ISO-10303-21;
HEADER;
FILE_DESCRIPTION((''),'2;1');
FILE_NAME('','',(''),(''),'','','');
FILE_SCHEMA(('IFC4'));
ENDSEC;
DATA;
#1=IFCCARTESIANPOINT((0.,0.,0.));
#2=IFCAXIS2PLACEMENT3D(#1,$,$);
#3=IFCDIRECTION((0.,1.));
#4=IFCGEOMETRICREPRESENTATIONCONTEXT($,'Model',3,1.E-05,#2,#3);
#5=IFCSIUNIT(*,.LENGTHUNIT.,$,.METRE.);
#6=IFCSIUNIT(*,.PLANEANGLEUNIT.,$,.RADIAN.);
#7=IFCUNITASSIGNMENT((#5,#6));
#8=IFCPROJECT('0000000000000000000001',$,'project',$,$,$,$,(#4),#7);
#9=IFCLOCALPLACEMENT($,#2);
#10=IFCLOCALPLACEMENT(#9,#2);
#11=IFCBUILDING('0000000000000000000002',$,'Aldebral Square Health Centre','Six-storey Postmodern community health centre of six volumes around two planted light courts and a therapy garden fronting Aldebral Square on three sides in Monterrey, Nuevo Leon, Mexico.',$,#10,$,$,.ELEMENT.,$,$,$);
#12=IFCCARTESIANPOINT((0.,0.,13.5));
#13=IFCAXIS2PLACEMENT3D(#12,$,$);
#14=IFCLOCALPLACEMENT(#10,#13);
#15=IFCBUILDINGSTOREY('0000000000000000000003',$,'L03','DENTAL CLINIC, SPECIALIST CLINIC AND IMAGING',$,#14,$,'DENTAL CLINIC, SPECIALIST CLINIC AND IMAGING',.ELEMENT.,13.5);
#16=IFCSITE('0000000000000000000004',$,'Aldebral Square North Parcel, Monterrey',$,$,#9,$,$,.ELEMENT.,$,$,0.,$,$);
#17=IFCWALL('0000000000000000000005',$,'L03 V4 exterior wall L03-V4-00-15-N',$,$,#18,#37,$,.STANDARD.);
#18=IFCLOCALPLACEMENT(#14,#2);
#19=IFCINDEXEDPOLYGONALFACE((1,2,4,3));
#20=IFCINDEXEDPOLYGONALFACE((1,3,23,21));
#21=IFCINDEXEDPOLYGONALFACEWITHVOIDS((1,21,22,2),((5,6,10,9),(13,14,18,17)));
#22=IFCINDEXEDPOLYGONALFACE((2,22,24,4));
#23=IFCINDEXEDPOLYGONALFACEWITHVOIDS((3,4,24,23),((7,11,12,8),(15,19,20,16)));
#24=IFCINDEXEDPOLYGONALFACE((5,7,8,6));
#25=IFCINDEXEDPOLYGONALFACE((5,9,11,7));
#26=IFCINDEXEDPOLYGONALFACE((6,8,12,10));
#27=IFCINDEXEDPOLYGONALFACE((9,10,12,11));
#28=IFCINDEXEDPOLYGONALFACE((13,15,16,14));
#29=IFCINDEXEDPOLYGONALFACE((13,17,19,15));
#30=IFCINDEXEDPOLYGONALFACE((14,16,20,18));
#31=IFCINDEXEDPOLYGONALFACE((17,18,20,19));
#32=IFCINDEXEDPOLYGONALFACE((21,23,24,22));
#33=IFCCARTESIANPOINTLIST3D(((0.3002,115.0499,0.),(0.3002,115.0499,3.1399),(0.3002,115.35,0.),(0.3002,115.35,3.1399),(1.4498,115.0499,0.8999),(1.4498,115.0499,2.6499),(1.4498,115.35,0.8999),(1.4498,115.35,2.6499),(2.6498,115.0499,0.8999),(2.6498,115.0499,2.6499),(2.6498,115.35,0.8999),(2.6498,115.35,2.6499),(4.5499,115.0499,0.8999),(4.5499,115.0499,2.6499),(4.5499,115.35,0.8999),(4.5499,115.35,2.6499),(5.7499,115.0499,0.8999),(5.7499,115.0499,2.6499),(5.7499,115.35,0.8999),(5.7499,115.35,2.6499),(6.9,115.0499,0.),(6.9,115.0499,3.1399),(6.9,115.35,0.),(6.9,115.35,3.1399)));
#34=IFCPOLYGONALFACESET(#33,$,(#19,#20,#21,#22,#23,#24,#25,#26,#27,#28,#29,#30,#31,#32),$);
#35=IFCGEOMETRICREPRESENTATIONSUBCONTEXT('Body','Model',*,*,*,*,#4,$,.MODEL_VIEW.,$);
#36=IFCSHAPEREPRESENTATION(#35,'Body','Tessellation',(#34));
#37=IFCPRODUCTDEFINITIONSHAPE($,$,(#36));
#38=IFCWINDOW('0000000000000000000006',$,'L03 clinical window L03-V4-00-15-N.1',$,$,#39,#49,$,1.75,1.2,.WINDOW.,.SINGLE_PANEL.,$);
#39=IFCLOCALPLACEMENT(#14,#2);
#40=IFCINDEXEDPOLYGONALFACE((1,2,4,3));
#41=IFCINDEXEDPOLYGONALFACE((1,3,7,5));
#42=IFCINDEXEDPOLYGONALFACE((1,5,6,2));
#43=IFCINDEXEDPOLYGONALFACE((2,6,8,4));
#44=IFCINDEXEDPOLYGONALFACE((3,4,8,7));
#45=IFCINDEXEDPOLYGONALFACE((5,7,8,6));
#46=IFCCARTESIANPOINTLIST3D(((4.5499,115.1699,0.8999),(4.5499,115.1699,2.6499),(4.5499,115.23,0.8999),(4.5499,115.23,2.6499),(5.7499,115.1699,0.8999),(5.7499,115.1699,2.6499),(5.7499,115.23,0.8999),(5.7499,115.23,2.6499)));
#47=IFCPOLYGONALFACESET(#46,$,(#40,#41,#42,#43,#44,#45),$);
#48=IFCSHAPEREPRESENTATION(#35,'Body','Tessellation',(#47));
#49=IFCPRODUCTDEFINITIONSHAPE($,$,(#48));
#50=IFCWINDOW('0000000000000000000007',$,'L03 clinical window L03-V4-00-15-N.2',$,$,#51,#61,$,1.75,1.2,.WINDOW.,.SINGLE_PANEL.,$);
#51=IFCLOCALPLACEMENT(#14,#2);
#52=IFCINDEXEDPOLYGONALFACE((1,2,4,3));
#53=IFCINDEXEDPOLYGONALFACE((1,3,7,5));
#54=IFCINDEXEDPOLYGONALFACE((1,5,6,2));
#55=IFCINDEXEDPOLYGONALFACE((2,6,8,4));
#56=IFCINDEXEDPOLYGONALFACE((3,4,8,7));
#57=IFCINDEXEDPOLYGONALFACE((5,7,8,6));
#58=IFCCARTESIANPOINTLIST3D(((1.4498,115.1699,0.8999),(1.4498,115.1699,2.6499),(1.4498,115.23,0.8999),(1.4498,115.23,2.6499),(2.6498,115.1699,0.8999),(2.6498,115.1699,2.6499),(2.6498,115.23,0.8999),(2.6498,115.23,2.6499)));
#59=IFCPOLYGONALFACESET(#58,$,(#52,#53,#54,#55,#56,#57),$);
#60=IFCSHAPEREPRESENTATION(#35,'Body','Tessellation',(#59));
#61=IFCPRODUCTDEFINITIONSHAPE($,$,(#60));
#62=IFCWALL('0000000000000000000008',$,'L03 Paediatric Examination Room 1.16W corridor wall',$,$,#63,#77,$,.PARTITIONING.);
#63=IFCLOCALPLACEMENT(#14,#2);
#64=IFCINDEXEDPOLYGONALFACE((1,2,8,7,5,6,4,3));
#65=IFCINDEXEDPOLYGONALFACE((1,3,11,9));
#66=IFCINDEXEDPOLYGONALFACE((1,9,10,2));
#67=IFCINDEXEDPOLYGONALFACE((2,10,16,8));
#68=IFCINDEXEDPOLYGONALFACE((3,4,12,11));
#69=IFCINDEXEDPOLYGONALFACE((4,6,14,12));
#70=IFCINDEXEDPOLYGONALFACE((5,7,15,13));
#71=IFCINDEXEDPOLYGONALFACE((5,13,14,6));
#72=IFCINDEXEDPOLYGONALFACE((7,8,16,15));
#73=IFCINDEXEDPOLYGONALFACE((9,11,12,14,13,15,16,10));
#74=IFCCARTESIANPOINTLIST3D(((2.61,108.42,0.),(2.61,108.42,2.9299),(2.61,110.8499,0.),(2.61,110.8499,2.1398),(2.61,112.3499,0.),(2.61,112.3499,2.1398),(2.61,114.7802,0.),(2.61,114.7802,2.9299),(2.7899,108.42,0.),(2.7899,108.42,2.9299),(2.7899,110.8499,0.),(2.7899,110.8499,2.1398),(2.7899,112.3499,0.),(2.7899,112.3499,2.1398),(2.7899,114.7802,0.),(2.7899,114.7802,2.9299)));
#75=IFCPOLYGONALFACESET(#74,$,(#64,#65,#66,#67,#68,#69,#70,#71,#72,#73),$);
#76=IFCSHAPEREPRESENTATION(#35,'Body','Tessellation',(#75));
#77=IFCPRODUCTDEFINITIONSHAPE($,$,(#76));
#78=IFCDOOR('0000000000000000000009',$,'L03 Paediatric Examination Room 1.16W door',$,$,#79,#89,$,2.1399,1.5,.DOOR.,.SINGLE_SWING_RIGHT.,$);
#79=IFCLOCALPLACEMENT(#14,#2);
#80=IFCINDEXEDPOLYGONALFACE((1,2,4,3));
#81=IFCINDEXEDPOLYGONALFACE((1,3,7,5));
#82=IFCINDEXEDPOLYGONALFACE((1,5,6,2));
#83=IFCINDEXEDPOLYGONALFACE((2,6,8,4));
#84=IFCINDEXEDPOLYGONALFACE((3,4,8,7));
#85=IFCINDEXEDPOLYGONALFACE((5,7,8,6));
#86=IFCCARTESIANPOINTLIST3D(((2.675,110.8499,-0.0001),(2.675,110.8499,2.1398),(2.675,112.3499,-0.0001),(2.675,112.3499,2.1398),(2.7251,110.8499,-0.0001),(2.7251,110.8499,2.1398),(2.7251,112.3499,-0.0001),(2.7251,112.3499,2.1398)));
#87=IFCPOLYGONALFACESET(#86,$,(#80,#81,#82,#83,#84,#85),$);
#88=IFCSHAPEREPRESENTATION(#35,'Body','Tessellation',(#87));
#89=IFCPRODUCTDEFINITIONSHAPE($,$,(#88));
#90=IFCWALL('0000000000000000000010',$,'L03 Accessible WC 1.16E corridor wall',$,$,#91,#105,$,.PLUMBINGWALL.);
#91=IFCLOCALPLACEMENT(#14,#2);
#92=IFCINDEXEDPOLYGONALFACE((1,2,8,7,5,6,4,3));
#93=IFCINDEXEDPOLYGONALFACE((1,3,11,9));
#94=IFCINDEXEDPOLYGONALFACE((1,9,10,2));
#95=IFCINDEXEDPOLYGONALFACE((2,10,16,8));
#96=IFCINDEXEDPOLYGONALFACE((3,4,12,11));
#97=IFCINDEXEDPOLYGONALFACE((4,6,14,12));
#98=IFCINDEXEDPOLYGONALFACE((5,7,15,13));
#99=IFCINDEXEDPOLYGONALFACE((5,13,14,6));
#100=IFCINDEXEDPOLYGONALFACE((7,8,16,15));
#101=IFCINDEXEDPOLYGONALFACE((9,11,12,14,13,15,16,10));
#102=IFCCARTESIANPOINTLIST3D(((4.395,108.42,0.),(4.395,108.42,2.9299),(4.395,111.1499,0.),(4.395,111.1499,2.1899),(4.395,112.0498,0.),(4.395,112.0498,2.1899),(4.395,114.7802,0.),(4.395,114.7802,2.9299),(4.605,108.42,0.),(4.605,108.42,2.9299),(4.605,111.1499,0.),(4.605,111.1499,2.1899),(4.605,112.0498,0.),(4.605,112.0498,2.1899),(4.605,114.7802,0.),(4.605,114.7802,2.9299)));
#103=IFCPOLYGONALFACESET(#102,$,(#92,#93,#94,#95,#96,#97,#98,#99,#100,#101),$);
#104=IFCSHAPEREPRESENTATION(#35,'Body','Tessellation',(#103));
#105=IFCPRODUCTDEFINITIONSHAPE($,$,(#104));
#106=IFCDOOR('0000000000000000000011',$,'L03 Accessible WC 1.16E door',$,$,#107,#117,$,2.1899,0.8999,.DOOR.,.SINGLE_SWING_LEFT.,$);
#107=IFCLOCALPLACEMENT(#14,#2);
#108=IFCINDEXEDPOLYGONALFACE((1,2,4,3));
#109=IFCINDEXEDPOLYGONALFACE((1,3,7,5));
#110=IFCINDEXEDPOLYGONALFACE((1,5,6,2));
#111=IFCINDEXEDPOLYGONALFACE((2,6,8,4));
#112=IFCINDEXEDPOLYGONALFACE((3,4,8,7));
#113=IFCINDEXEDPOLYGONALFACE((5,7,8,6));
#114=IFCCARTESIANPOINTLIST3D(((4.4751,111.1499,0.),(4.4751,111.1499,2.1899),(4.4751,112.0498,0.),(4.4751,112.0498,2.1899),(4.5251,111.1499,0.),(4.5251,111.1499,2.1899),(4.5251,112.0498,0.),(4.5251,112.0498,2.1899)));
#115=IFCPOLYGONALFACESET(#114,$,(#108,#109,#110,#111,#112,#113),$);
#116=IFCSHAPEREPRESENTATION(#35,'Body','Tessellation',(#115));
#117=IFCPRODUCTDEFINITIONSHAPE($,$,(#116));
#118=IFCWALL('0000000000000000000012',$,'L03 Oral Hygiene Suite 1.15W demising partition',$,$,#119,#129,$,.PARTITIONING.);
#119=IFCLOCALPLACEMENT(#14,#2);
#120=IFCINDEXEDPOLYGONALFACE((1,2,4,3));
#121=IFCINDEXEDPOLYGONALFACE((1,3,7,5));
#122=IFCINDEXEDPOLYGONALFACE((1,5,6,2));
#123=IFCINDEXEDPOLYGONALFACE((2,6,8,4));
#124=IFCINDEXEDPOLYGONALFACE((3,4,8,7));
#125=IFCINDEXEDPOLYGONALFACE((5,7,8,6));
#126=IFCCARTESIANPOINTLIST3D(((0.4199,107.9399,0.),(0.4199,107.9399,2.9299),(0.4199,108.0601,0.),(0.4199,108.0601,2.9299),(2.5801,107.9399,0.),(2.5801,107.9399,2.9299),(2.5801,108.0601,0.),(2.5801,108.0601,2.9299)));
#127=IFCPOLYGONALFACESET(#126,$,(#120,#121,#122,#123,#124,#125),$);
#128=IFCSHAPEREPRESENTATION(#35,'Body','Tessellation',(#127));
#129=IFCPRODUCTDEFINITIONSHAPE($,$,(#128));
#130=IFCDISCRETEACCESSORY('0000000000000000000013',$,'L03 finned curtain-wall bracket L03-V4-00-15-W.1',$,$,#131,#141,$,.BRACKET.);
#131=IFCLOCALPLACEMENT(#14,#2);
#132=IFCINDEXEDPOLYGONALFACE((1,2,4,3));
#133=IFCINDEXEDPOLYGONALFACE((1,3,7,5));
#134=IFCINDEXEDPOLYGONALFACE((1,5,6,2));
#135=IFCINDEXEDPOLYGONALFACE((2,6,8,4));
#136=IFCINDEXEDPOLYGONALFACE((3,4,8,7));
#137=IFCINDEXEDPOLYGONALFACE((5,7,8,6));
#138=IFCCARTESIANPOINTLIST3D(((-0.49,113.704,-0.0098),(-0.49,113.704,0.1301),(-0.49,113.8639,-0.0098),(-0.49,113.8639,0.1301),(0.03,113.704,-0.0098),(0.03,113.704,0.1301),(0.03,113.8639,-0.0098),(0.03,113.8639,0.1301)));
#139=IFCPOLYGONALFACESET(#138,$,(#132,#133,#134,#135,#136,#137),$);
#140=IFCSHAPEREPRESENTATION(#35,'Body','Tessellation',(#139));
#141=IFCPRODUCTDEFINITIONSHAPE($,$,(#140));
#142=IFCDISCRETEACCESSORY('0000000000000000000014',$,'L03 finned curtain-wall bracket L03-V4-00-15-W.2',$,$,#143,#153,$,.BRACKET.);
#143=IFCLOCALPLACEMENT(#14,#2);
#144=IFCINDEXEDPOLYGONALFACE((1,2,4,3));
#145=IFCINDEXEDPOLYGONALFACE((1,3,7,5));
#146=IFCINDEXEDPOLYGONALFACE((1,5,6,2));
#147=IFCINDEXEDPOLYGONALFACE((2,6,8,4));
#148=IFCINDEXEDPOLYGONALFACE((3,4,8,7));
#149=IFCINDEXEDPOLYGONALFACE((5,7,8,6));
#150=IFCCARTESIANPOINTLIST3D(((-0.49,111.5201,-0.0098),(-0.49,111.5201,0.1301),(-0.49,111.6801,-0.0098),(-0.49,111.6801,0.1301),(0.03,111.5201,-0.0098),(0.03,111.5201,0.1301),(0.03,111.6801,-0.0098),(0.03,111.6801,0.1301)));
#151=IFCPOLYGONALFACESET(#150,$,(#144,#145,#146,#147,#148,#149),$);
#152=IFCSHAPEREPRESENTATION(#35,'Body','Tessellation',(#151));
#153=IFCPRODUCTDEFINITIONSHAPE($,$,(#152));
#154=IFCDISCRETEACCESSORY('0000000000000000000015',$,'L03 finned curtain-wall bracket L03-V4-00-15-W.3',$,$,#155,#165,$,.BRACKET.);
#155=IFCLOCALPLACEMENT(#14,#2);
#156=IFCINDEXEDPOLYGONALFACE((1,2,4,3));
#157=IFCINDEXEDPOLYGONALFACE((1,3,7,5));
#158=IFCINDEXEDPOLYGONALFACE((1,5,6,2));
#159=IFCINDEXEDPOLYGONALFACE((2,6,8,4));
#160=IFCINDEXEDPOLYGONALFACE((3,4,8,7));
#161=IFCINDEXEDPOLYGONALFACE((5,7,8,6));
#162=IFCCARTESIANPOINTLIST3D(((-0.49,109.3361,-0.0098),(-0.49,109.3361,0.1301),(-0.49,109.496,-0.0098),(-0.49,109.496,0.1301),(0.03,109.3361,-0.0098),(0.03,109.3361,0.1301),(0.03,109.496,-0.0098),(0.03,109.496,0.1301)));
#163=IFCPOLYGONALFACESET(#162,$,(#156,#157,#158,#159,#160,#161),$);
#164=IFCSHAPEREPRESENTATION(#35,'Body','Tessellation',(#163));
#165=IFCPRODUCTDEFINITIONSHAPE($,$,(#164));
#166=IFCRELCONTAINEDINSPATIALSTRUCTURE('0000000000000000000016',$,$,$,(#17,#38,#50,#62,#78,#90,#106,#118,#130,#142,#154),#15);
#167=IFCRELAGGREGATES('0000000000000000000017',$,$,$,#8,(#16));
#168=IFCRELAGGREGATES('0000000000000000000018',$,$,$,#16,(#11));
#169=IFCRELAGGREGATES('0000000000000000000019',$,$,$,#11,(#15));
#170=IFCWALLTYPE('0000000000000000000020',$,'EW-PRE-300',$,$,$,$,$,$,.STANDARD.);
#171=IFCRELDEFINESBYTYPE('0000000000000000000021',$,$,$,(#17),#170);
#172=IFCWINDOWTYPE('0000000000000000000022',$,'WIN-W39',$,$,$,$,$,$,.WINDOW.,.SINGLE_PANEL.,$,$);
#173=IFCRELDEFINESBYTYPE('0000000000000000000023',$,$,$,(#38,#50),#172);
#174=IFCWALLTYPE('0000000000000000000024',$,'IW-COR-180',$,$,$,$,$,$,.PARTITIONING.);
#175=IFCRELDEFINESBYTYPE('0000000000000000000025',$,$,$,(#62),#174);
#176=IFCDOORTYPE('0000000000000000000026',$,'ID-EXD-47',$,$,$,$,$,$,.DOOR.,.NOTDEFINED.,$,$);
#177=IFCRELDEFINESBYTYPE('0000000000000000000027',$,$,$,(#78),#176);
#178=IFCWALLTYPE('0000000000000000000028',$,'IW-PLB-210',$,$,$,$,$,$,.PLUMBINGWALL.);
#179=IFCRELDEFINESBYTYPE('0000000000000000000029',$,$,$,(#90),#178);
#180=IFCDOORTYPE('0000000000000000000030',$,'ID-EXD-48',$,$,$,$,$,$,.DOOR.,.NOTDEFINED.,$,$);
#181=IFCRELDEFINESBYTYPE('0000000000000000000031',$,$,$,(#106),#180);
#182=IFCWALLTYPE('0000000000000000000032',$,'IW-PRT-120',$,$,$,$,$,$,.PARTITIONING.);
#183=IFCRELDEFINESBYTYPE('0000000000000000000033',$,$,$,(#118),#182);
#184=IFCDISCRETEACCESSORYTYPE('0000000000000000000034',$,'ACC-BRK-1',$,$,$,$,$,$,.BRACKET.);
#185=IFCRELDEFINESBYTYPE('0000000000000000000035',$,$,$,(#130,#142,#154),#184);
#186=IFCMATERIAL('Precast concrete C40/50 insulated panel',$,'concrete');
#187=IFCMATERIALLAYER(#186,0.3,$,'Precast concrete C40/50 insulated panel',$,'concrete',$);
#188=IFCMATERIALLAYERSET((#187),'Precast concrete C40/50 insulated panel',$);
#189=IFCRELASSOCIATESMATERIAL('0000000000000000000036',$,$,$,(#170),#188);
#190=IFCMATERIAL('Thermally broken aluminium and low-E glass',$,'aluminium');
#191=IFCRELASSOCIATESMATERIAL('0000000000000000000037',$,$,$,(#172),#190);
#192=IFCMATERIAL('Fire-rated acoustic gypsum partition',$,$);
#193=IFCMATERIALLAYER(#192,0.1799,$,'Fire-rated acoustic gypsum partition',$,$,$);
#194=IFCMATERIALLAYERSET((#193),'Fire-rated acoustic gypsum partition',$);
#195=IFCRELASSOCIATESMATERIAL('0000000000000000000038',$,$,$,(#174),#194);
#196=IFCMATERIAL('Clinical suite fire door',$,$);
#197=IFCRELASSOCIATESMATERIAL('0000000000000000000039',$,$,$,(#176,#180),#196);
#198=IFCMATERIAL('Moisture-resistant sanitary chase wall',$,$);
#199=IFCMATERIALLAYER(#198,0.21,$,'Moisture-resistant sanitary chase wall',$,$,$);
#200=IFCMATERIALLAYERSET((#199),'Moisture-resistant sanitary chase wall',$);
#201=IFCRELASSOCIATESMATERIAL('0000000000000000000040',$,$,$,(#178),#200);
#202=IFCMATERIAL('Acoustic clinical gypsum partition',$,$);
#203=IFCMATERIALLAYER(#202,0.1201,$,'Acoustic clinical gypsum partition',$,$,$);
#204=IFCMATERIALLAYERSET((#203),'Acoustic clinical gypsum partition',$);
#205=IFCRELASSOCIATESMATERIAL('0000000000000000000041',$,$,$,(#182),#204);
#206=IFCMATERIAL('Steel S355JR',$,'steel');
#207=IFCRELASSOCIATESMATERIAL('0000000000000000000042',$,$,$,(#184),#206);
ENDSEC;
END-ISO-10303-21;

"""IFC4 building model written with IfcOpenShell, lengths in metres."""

from ifc_helpers import new_model, si_unit, direction, frame, frame_2d, origin, origin_2d, place, context, subcontext, project, spatial, rectangle, extrude, material, layer, layer_set, type_object, element, fill, save


model = new_model("IFC4")

# Units and contexts
model_context = context("Model", 3, precision=1e-05, world=origin(), true_north=direction((0.0, 1.0)))
body_context = subcontext(model_context, "Body", "Model", "MODEL_VIEW")
ifc_project = project(units=[si_unit("LENGTHUNIT", "METRE"), si_unit("PLANEANGLEUNIT", "RADIAN")], contexts=[model_context])

# Site, building, storey
site_placement = place(None, origin())
site = spatial("IfcSite", under=ifc_project, at=site_placement, Name="Aldebral Square North Parcel, Monterrey", CompositionType="ELEMENT", RefElevation=0.0)
building_placement = place(site_placement, origin())
building = spatial("IfcBuilding", under=site, at=building_placement, Name="Aldebral Square Health Centre", Description="Six-storey Postmodern community health centre of six volumes around two planted light courts and a therapy garden fronting Aldebral Square on three sides in Monterrey, Nuevo Leon, Mexico.", CompositionType="ELEMENT")
storey_placement = place(building_placement, frame((0.0, 0.0, 13.5)))
storey = spatial("IfcBuildingStorey", under=building, at=storey_placement, Name="L03", Description="DENTAL CLINIC, SPECIALIST CLINIC AND IMAGING", LongName="DENTAL CLINIC, SPECIALIST CLINIC AND IMAGING", CompositionType="ELEMENT", Elevation=13.5)

# Wall, openings, windows
ifc_material_1 = material(Name="Precast concrete C40/50 insulated panel", Category="concrete")
ifc_layer_1 = layer(ifc_material_1, 0.3, Name="Precast concrete C40/50 insulated panel", Category="concrete")
ifc_layer_set_1 = layer_set([ifc_layer_1], Name="Precast concrete C40/50 insulated panel")
wall_type_1 = type_object("IfcWallType", Name="EW-PRE-300", PredefinedType="STANDARD", material=ifc_layer_set_1)
wall_1_placement = place(storey_placement, frame((6.8999, 115.2, 0.0), z_axis=(0.0, 0.0, 1.0), x_axis=(-1.0, 0.0, 0.0)))
wall_1 = element("IfcWall", 1, at=wall_1_placement, inside=storey, type_object=wall_type_1, Name="L03 V4 exterior wall L03-V4-00-15-N", PredefinedType="STANDARD", context=body_context, shape_type="SweptSolid", body=[
    extrude(rectangle(XDim=6.5999, YDim=0.3, at=frame_2d((3.2998, 0.0))), origin(), (0.0, 0.0, 1.0), 3.1399),
])
opening_1_placement = place(wall_1_placement, frame((1.1499, 0.0, 0.8999)))
opening_1 = element("IfcOpeningElement", 2, at=opening_1_placement, cuts=wall_1, PredefinedType="OPENING", context=body_context, shape_type="SweptSolid", body=[
    extrude(rectangle(XDim=1.2, YDim=1.75, at=frame_2d((0.6001, 0.875))), frame((0.0, 0.1602, 0.0), z_axis=(0.0, -1.0, 0.0), x_axis=(1.0, 0.0, 0.0)), (0.0, 0.0, 1.0), 0.3201),
])
opening_2_placement = place(wall_1_placement, frame((4.25, 0.0, 0.8999)))
opening_2 = element("IfcOpeningElement", 3, at=opening_2_placement, cuts=wall_1, PredefinedType="OPENING", context=body_context, shape_type="SweptSolid", body=[
    extrude(rectangle(XDim=1.2, YDim=1.75, at=frame_2d((0.6001, 0.875))), frame((0.0, 0.1602, 0.0), z_axis=(0.0, -1.0, 0.0), x_axis=(1.0, 0.0, 0.0)), (0.0, 0.0, 1.0), 0.3201),
])
ifc_material_2 = material(Name="Thermally broken aluminium and low-E glass", Category="aluminium")
window_type = type_object("IfcWindowType", Name="WIN-W39", PartitioningType="SINGLE_PANEL", PredefinedType="WINDOW", material=ifc_material_2)
window_1_placement = place(opening_1_placement, origin())
window_1 = element("IfcWindow", 4, at=window_1_placement, inside=storey, type_object=window_type, Name="L03 clinical window L03-V4-00-15-N.1", OverallHeight=1.75, OverallWidth=1.2, PartitioningType="SINGLE_PANEL", PredefinedType="WINDOW", context=body_context, shape_type="SweptSolid", body=[
    extrude(rectangle(XDim=1.2, YDim=1.75, at=frame_2d((0.6001, 0.875))), frame((0.0, 0.03, 0.0), z_axis=(0.0, -1.0, 0.0), x_axis=(1.0, 0.0, 0.0)), (0.0, 0.0, 1.0), 0.0601),
])
fill(opening_1, window_1)
window_2_placement = place(opening_2_placement, origin())
window_2 = element("IfcWindow", 5, at=window_2_placement, inside=storey, type_object=window_type, Name="L03 clinical window L03-V4-00-15-N.2", OverallHeight=1.75, OverallWidth=1.2, PartitioningType="SINGLE_PANEL", PredefinedType="WINDOW", context=body_context, shape_type="SweptSolid", body=[
    extrude(rectangle(XDim=1.2, YDim=1.75, at=frame_2d((0.6001, 0.875))), frame((0.0, 0.03, 0.0), z_axis=(0.0, -1.0, 0.0), x_axis=(1.0, 0.0, 0.0)), (0.0, 0.0, 1.0), 0.0601),
])
fill(opening_2, window_2)

# Walls, openings, doors
ifc_material_3 = material(Name="Fire-rated acoustic gypsum partition")
ifc_layer_2 = layer(ifc_material_3, 0.1799, Name="Fire-rated acoustic gypsum partition")
ifc_layer_set_2 = layer_set([ifc_layer_2], Name="Fire-rated acoustic gypsum partition")
wall_type_2 = type_object("IfcWallType", Name="IW-COR-180", PredefinedType="PARTITIONING", material=ifc_layer_set_2)
wall_2_placement = place(storey_placement, frame((2.7, 108.4199, 0.0), z_axis=(0.0, 0.0, 1.0), x_axis=(0.0, 1.0, 0.0)))
wall_2 = element("IfcWall", 6, at=wall_2_placement, inside=storey, type_object=wall_type_2, Name="L03 Paediatric Examination Room 1.16W corridor wall", PredefinedType="PARTITIONING", context=body_context, shape_type="SweptSolid", body=[
    extrude(rectangle(XDim=6.3601, YDim=0.1799, at=frame_2d((3.1802, 0.0))), origin(), (0.0, 0.0, 1.0), 2.9299),
])
opening_3_placement = place(wall_2_placement, frame((2.4299, 0.0, 0.0)))
opening_3 = element("IfcOpeningElement", 7, at=opening_3_placement, cuts=wall_2, PredefinedType="OPENING", context=body_context, shape_type="SweptSolid", body=[
    extrude(rectangle(XDim=1.5, YDim=2.1399, at=frame_2d((0.75, 1.0698))), frame((0.0, 0.1001, 0.0), z_axis=(0.0, -1.0, 0.0), x_axis=(1.0, 0.0, 0.0)), (0.0, 0.0, 1.0), 0.2),
])
ifc_material_4 = material(Name="Clinical suite fire door")
door_type_1 = type_object("IfcDoorType", Name="ID-EXD-47", OperationType="NOTDEFINED", PredefinedType="DOOR", material=ifc_material_4)
door_1_placement = place(opening_3_placement, origin())
door_1 = element("IfcDoor", 8, at=door_1_placement, inside=storey, type_object=door_type_1, Name="L03 Paediatric Examination Room 1.16W door", OperationType="SINGLE_SWING_RIGHT", OverallHeight=2.1399, OverallWidth=1.5, PredefinedType="DOOR", context=body_context, shape_type="SweptSolid", body=[
    extrude(rectangle(XDim=1.5, YDim=2.1399, at=frame_2d((0.75, 1.0698))), frame((0.0, 0.0249, 0.0), z_axis=(0.0, -1.0, 0.0), x_axis=(1.0, 0.0, 0.0)), (0.0, 0.0, 1.0), 0.05),
])
fill(opening_3, door_1)
ifc_material_5 = material(Name="Moisture-resistant sanitary chase wall")
ifc_layer_3 = layer(ifc_material_5, 0.21, Name="Moisture-resistant sanitary chase wall")
ifc_layer_set_3 = layer_set([ifc_layer_3], Name="Moisture-resistant sanitary chase wall")
wall_type_3 = type_object("IfcWallType", Name="IW-PLB-210", PredefinedType="PLUMBINGWALL", material=ifc_layer_set_3)
wall_3_placement = place(storey_placement, frame((4.5, 108.4199, 0.0), z_axis=(0.0, 0.0, 1.0), x_axis=(0.0, 1.0, 0.0)))
wall_3 = element("IfcWall", 9, at=wall_3_placement, inside=storey, type_object=wall_type_3, Name="L03 Accessible WC 1.16E corridor wall", PredefinedType="PLUMBINGWALL", context=body_context, shape_type="SweptSolid", body=[
    extrude(rectangle(XDim=6.3601, YDim=0.21, at=frame_2d((3.1802, 0.0))), origin(), (0.0, 0.0, 1.0), 2.9299),
])
opening_4_placement = place(wall_3_placement, frame((2.73, 0.0, 0.0)))
opening_4 = element("IfcOpeningElement", 10, at=opening_4_placement, cuts=wall_3, PredefinedType="OPENING", context=body_context, shape_type="SweptSolid", body=[
    extrude(rectangle(XDim=0.8999, YDim=2.1899, at=frame_2d((0.45, 1.095))), frame((0.0, 0.115, 0.0), z_axis=(0.0, -1.0, 0.0), x_axis=(1.0, 0.0, 0.0)), (0.0, 0.0, 1.0), 0.23),
])
door_type_2 = type_object("IfcDoorType", Name="ID-EXD-48", OperationType="NOTDEFINED", PredefinedType="DOOR", material=ifc_material_4)
door_2_placement = place(opening_4_placement, origin())
door_2 = element("IfcDoor", 11, at=door_2_placement, inside=storey, type_object=door_type_2, Name="L03 Accessible WC 1.16E door", OperationType="SINGLE_SWING_LEFT", OverallHeight=2.1899, OverallWidth=0.8999, PredefinedType="DOOR", context=body_context, shape_type="SweptSolid", body=[
    extrude(rectangle(XDim=0.8999, YDim=2.1899, at=frame_2d((0.45, 1.095))), frame((0.0, 0.0249, 0.0), z_axis=(0.0, -1.0, 0.0), x_axis=(1.0, 0.0, 0.0)), (0.0, 0.0, 1.0), 0.05),
])
fill(opening_4, door_2)

# Wall
ifc_material_6 = material(Name="Acoustic clinical gypsum partition")
ifc_layer_4 = layer(ifc_material_6, 0.1201, Name="Acoustic clinical gypsum partition")
ifc_layer_set_4 = layer_set([ifc_layer_4], Name="Acoustic clinical gypsum partition")
wall_type_4 = type_object("IfcWallType", Name="IW-PRT-120", PredefinedType="PARTITIONING", material=ifc_layer_set_4)
wall_4_placement = place(storey_placement, frame((0.4199, 108.0, 0.0), z_axis=(0.0, 0.0, 1.0), x_axis=(1.0, 0.0, 0.0)))
element("IfcWall", 12, at=wall_4_placement, inside=storey, type_object=wall_type_4, Name="L03 Oral Hygiene Suite 1.15W demising partition", PredefinedType="PARTITIONING", context=body_context, shape_type="SweptSolid", body=[
    extrude(rectangle(XDim=2.1602, YDim=0.1201, at=frame_2d((1.0801, 0.0))), origin(), (0.0, 0.0, 1.0), 2.9299),
])

# Discrete accessories
ifc_material_7 = material(Name="Steel S355JR", Category="steel")
discrete_accessory_type = type_object("IfcDiscreteAccessoryType", Name="ACC-BRK-1", PredefinedType="BRACKET", material=ifc_material_7)
for number, where, z_axis, x_axis, name in (
    (13, (-0.23, 113.7839, -0.0098), (0.0, 0.0, 1.0), (0.0, 1.0, 0.0), "L03 finned curtain-wall bracket L03-V4-00-15-W.1"),
    (14, (-0.23, 111.6001, -0.0098), (0.0, 0.0, 1.0), (0.0, 1.0, 0.0), "L03 finned curtain-wall bracket L03-V4-00-15-W.2"),
    (15, (-0.23, 109.416, -0.0098), (0.0, 0.0, 1.0), (0.0, 1.0, 0.0), "L03 finned curtain-wall bracket L03-V4-00-15-W.3"),
):
    element("IfcDiscreteAccessory", number, at=place(storey_placement, frame(where, z_axis=z_axis, x_axis=x_axis)), inside=storey, type_object=discrete_accessory_type, Name=name, PredefinedType="BRACKET", context=body_context, shape_type="SweptSolid", body=[
        extrude(rectangle(XDim=0.1599, YDim=0.52, at=origin_2d()), origin(), (0.0, 0.0, 1.0), 0.1399),
    ])

save(model, "model.ifc")
